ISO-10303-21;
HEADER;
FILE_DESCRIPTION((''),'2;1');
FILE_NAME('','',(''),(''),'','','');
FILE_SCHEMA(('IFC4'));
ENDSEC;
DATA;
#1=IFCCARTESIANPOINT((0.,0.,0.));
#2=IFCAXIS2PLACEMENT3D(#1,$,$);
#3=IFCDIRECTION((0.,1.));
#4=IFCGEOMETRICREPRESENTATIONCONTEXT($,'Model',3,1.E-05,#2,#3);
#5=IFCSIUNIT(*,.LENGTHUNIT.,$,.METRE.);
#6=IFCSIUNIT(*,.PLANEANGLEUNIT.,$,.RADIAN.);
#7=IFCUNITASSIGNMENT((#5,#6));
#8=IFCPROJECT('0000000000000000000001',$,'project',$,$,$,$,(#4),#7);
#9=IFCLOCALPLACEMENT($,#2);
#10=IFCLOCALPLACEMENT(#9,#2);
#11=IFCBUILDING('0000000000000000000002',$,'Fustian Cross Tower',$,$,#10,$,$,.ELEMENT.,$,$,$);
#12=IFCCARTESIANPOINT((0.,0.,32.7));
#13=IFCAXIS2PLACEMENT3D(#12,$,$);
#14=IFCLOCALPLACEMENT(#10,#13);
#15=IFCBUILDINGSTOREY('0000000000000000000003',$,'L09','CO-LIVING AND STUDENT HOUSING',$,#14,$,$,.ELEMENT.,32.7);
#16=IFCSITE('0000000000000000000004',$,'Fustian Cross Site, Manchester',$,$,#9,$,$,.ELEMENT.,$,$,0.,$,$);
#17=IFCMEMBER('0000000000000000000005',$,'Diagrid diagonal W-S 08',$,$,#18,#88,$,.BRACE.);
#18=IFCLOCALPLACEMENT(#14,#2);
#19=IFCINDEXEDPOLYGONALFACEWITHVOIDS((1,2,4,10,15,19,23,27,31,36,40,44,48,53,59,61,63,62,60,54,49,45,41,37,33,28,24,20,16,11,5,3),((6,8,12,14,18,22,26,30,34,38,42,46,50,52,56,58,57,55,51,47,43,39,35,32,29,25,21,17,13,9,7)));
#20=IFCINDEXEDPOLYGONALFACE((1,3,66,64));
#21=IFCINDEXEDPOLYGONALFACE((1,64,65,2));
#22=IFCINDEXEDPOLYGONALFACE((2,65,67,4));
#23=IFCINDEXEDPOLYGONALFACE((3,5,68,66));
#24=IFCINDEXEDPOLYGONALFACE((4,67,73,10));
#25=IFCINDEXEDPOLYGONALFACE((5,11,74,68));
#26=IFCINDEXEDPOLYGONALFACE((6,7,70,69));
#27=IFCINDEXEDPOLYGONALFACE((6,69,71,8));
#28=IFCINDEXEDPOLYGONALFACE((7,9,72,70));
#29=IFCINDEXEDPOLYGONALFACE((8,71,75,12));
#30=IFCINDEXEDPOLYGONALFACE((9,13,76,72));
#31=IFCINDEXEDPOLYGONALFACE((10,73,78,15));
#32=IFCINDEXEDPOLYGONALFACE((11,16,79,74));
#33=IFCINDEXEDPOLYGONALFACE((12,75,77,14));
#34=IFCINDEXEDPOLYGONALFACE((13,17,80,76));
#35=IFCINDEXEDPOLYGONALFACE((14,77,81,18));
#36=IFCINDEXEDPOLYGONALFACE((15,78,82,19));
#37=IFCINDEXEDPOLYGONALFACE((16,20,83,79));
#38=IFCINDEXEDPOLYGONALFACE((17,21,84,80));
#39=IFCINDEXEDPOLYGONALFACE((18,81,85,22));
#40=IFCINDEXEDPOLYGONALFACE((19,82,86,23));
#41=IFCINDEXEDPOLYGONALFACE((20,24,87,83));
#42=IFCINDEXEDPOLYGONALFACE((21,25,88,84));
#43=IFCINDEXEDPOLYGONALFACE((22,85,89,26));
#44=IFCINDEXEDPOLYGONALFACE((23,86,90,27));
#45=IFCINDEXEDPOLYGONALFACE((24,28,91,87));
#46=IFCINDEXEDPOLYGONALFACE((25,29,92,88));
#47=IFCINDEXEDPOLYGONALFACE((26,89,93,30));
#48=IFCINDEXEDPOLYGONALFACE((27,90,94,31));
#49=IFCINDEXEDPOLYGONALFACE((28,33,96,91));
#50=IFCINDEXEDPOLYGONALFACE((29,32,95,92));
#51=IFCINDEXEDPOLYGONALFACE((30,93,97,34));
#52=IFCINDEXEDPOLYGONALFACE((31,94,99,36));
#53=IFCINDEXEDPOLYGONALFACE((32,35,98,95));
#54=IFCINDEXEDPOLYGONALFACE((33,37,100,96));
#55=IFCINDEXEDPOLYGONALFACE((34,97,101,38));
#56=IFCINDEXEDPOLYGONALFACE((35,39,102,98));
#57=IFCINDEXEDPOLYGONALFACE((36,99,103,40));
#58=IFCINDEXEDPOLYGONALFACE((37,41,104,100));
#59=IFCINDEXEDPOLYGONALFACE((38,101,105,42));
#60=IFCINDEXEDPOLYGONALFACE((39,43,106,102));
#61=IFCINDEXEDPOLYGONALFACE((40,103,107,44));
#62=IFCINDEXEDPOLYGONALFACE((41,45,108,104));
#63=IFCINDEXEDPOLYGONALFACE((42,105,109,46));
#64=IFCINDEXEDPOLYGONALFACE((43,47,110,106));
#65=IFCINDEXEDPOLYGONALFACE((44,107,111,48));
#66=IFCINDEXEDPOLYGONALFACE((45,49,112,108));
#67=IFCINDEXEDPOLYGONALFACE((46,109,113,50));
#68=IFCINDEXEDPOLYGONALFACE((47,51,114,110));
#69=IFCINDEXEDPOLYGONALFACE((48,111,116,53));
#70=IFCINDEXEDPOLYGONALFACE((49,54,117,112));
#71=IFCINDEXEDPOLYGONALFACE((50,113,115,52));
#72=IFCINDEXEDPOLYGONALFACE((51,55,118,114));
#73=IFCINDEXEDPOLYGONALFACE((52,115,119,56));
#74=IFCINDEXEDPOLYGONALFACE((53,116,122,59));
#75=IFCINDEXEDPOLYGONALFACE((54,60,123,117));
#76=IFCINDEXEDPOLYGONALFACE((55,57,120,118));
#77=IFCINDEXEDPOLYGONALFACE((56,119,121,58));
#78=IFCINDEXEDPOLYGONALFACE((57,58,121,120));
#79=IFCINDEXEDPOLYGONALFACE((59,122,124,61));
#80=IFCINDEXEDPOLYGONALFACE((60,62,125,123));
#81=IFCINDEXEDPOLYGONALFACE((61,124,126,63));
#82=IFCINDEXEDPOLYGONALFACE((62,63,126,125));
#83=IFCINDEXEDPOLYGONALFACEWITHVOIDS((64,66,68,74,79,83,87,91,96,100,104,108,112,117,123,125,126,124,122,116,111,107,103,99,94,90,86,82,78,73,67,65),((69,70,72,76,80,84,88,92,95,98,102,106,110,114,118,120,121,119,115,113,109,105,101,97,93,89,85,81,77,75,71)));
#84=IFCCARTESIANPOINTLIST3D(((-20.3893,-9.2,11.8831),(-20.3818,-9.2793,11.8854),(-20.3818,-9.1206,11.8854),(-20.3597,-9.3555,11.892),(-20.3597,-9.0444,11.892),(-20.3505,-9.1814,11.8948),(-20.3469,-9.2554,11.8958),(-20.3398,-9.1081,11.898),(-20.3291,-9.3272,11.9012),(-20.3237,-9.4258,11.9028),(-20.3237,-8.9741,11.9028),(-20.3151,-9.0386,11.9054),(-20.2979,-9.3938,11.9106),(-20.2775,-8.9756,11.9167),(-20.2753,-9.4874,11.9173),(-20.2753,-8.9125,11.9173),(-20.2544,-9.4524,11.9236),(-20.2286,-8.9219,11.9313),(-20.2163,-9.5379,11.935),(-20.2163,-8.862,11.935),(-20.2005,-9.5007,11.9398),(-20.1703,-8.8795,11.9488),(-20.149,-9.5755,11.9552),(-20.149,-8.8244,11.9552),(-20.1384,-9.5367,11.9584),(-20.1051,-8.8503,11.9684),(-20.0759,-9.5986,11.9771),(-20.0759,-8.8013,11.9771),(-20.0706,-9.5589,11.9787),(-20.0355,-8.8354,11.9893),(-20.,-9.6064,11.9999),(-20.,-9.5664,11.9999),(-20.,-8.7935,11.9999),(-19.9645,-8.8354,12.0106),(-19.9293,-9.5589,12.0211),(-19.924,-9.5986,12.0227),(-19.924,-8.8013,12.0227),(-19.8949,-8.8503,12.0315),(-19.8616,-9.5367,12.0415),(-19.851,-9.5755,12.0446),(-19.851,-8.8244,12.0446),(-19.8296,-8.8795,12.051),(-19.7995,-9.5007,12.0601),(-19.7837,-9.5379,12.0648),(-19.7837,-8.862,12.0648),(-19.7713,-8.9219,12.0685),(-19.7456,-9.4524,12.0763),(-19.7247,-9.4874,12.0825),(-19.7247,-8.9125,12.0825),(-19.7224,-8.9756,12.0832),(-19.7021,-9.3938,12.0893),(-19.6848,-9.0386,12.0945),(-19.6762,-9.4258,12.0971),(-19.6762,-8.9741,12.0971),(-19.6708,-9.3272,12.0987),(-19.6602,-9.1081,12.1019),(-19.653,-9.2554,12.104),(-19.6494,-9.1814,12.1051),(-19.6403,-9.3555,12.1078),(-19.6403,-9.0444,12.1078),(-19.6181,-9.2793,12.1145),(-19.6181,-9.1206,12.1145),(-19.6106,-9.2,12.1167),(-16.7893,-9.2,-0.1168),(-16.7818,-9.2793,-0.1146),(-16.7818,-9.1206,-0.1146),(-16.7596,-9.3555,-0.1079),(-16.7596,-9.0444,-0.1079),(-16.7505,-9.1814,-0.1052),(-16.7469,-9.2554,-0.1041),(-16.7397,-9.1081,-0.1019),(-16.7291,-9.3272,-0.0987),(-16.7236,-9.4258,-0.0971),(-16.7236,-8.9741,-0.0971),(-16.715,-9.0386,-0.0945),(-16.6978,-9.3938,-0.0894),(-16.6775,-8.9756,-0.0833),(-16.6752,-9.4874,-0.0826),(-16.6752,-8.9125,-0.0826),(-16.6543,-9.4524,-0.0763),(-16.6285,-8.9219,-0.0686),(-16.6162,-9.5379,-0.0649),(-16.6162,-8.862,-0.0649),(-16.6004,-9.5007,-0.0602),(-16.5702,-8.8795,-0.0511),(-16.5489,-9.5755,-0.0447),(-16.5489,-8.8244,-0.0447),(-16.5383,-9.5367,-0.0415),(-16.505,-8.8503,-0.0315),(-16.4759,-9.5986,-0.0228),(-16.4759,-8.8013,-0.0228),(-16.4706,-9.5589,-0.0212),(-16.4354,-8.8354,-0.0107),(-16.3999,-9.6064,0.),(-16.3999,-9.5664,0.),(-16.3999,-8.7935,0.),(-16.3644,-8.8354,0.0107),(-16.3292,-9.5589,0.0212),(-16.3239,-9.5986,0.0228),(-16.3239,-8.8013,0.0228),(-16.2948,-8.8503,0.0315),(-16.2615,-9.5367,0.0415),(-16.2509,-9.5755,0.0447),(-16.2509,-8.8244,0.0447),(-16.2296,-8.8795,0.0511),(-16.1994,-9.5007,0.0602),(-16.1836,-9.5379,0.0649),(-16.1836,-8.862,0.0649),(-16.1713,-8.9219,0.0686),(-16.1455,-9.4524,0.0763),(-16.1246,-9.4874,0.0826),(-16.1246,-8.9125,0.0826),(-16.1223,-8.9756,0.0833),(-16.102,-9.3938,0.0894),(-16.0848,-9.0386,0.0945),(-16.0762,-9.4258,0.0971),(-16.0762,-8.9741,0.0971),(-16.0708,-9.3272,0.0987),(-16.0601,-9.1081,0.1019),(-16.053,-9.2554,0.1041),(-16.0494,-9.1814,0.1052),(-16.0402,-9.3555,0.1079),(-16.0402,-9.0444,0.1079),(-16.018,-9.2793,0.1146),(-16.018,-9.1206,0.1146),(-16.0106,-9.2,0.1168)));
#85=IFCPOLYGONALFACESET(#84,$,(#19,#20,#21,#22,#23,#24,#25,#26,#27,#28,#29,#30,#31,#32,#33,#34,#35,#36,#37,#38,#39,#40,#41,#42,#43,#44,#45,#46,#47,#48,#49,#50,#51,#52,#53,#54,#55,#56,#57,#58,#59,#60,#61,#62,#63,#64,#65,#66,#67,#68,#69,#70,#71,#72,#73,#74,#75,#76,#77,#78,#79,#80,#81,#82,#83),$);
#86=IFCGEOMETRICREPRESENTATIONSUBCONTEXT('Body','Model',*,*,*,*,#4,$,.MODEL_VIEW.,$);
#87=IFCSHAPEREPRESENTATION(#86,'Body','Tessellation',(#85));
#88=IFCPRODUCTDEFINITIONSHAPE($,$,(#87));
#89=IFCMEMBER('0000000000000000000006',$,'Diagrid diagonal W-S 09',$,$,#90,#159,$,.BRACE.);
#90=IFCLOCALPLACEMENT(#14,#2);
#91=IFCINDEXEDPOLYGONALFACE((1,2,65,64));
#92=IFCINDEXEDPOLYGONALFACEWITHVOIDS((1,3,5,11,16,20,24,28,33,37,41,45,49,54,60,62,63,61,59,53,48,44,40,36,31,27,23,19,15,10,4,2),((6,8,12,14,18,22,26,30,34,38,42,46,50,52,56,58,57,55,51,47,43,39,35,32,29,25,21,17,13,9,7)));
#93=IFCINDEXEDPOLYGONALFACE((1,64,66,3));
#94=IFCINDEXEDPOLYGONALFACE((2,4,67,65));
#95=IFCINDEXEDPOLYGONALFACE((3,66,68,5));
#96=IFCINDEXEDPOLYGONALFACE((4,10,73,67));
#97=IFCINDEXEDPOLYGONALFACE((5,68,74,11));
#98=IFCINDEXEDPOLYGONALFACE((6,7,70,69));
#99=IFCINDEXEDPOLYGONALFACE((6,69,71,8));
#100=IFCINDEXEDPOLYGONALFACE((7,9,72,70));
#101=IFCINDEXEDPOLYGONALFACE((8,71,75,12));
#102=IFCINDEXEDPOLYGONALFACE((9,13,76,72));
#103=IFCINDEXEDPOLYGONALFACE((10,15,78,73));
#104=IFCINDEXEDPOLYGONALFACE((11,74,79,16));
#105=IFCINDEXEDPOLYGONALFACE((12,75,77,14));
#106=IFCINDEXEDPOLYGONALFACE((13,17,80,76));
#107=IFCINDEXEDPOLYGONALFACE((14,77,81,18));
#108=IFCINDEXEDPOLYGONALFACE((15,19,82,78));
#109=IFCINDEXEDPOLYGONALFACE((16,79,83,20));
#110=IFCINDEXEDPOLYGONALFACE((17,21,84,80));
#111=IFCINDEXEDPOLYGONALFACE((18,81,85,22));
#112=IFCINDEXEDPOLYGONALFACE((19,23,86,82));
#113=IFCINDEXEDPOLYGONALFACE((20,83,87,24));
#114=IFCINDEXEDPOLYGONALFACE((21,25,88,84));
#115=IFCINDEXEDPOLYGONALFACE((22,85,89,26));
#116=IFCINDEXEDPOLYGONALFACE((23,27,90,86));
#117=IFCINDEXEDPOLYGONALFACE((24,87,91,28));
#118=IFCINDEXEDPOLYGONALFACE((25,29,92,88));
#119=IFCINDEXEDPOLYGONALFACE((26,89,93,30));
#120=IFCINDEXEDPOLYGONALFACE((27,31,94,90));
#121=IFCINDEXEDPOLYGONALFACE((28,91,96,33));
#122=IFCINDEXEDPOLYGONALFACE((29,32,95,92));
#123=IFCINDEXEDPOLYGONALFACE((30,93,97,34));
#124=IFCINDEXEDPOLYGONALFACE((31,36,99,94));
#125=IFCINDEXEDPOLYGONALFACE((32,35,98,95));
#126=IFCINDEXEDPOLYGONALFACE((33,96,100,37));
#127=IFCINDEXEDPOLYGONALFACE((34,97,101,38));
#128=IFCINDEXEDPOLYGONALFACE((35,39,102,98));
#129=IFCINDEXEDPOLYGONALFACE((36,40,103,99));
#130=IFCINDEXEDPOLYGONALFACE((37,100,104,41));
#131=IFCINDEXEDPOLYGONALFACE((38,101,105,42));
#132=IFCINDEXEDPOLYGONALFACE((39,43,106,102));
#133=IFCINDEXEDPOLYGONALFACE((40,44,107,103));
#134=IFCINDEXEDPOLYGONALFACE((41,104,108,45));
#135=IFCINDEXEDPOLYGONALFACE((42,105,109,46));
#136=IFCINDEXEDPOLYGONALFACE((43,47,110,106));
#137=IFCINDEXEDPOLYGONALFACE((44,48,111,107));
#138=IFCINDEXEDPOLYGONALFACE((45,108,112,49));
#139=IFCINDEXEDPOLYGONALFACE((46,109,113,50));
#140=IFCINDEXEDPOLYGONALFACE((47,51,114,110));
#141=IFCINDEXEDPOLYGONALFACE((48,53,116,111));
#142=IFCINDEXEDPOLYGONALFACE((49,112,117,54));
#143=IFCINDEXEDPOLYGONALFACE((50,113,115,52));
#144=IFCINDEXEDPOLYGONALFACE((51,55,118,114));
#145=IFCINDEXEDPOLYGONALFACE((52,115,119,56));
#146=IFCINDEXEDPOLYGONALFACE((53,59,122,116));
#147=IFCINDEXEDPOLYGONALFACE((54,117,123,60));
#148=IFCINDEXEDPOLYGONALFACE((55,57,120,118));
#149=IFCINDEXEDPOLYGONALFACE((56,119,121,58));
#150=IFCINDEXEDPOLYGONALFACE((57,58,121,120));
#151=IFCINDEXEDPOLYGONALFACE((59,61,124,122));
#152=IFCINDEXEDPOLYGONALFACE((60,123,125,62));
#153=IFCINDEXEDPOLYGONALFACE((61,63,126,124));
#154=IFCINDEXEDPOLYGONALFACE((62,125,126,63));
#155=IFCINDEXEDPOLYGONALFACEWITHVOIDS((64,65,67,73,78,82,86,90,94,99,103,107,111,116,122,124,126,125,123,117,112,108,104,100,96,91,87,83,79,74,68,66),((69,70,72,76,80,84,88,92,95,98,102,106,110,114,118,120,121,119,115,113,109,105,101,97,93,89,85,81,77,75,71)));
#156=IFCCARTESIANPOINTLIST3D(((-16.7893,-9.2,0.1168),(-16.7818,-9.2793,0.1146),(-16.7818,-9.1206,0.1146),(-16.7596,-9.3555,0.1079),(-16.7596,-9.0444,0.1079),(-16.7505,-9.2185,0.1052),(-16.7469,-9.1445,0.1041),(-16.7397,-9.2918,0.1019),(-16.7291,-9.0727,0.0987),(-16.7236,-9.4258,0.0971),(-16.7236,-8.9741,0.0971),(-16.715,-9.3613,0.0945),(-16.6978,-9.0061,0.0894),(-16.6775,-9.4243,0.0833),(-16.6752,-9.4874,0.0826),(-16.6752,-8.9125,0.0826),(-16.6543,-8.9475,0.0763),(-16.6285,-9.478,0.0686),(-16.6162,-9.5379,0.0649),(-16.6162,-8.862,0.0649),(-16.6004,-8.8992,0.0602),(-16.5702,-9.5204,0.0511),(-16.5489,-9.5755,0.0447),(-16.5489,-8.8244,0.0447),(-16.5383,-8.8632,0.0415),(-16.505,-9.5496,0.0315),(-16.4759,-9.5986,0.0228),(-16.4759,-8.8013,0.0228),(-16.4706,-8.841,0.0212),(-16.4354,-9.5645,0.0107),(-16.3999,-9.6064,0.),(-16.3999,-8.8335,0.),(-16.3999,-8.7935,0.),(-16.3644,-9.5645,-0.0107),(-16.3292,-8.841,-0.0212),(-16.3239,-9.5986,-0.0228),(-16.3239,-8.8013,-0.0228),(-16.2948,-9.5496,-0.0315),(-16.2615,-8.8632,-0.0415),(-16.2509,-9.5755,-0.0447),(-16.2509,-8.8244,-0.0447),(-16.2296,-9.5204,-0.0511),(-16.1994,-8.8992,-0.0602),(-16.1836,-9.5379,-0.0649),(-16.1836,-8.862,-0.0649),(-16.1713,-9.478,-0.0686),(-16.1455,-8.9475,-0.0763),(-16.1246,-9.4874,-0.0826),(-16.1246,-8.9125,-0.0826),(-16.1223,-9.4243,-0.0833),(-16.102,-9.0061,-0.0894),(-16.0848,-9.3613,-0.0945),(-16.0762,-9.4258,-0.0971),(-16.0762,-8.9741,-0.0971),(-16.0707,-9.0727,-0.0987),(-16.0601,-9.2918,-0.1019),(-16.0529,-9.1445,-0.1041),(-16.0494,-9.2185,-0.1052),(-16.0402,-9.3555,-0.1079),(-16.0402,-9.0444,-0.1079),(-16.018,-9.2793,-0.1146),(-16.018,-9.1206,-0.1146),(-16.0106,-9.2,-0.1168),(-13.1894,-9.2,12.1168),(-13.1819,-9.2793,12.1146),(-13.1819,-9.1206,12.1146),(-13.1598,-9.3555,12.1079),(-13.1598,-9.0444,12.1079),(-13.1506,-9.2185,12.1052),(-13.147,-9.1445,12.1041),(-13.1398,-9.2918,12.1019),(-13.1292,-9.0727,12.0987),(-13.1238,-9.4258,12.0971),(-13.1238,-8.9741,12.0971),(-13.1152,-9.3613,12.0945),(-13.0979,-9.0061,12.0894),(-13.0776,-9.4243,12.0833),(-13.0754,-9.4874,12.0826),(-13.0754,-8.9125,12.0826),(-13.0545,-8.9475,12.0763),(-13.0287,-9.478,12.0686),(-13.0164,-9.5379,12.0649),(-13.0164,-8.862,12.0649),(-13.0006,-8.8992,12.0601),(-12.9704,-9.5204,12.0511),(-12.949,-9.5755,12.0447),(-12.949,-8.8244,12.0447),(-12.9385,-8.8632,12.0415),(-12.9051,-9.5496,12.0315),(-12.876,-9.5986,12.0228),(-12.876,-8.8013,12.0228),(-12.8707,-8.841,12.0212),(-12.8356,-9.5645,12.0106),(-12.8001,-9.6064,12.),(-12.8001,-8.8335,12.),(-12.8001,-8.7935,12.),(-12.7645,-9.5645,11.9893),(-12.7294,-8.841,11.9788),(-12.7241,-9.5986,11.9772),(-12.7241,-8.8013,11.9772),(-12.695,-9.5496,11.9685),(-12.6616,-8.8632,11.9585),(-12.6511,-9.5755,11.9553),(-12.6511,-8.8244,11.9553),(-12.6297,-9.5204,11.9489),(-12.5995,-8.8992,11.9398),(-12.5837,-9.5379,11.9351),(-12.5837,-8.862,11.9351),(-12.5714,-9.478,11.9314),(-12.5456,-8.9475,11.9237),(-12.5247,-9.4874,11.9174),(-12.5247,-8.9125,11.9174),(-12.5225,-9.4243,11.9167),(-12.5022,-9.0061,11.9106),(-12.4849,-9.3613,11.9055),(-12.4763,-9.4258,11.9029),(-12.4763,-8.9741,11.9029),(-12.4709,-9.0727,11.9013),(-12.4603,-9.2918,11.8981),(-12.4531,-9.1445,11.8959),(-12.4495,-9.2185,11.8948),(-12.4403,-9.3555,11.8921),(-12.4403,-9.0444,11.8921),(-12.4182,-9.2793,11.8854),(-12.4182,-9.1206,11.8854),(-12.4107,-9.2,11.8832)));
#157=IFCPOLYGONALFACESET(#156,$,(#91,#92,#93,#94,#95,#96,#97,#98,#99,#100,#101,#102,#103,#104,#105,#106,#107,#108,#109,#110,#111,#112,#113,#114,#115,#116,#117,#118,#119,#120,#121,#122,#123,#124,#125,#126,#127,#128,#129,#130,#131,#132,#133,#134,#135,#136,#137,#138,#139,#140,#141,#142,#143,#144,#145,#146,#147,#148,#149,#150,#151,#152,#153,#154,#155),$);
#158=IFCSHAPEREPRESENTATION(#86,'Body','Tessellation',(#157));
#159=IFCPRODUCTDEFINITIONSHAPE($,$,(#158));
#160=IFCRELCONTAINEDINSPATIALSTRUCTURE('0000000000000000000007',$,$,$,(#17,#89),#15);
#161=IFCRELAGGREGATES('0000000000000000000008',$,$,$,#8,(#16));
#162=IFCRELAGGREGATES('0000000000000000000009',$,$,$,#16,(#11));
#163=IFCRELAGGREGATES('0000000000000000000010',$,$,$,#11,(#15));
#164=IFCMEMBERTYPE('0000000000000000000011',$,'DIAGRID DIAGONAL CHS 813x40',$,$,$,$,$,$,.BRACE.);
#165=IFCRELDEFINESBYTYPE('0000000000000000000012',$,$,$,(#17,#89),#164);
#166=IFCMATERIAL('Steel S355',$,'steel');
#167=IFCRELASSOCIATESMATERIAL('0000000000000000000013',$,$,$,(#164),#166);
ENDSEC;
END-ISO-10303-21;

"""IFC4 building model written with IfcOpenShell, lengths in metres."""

from ifc_helpers import new_model, si_unit, direction, frame, origin, origin_2d, place, context, subcontext, project, spatial, hollow_circle, extrude, material, material_profile, profile_set, type_object, element, save


model = new_model("IFC4")

# Units and contexts
model_context = context("Model", 3, precision=1e-05, world=origin(), true_north=direction((0.0, 1.0)))
body_context = subcontext(model_context, "Body", "Model", "MODEL_VIEW")
ifc_project = project(units=[si_unit("LENGTHUNIT", "METRE"), si_unit("PLANEANGLEUNIT", "RADIAN")], contexts=[model_context])

# Site, building, storey
site_placement = place(None, origin())
site = spatial("IfcSite", under=ifc_project, at=site_placement, Name="Fustian Cross Site, Manchester", CompositionType="ELEMENT", RefElevation=0.0)
building_placement = place(site_placement, origin())
building = spatial("IfcBuilding", under=site, at=building_placement, Name="Fustian Cross Tower", CompositionType="ELEMENT")
storey_placement = place(building_placement, frame((0.0, 0.0, 32.7)))
storey = spatial("IfcBuildingStorey", under=building, at=storey_placement, Name="L09", Description="CO-LIVING AND STUDENT HOUSING", CompositionType="ELEMENT", Elevation=32.7)

# Members
ifc_material_1 = material(Name="Steel S355", Category="steel")
ifc_material_profile_1 = material_profile(ifc_material_1, hollow_circle(Radius=0.4065, WallThickness=0.04, at=origin_2d()), Name="CHS 813x40")
ifc_profile_set_1 = profile_set([ifc_material_profile_1], Name="Steel S355")
member_type_1 = type_object("IfcMemberType", Name="DIAGRID DIAGONAL CHS 813x40", PredefinedType="BRACE", material=ifc_profile_set_1)
for number, where, z_axis, x_axis, name in (
    (1, (-16.3999, -9.2, 0.0), (-0.287355, 0.0, 0.957824), (0.0, -1.0, 0.0), "Diagrid diagonal W-S 08"),
    (2, (-16.3999, -9.2, 0.0), (0.287337, 0.0, 0.95783), (0.0, 1.0, 0.0), "Diagrid diagonal W-S 09"),
):
    element("IfcMember", number, at=place(storey_placement, frame(where, z_axis=z_axis, x_axis=x_axis)), inside=storey, type_object=member_type_1, Name=name, PredefinedType="BRACE", context=body_context, shape_type="SweptSolid", body=[
        extrude(hollow_circle(Radius=0.4065, WallThickness=0.04, at=origin_2d()), origin(), (0.0, 0.0, 1.0), 12.5283),
    ])

save(model, "model.ifc")
